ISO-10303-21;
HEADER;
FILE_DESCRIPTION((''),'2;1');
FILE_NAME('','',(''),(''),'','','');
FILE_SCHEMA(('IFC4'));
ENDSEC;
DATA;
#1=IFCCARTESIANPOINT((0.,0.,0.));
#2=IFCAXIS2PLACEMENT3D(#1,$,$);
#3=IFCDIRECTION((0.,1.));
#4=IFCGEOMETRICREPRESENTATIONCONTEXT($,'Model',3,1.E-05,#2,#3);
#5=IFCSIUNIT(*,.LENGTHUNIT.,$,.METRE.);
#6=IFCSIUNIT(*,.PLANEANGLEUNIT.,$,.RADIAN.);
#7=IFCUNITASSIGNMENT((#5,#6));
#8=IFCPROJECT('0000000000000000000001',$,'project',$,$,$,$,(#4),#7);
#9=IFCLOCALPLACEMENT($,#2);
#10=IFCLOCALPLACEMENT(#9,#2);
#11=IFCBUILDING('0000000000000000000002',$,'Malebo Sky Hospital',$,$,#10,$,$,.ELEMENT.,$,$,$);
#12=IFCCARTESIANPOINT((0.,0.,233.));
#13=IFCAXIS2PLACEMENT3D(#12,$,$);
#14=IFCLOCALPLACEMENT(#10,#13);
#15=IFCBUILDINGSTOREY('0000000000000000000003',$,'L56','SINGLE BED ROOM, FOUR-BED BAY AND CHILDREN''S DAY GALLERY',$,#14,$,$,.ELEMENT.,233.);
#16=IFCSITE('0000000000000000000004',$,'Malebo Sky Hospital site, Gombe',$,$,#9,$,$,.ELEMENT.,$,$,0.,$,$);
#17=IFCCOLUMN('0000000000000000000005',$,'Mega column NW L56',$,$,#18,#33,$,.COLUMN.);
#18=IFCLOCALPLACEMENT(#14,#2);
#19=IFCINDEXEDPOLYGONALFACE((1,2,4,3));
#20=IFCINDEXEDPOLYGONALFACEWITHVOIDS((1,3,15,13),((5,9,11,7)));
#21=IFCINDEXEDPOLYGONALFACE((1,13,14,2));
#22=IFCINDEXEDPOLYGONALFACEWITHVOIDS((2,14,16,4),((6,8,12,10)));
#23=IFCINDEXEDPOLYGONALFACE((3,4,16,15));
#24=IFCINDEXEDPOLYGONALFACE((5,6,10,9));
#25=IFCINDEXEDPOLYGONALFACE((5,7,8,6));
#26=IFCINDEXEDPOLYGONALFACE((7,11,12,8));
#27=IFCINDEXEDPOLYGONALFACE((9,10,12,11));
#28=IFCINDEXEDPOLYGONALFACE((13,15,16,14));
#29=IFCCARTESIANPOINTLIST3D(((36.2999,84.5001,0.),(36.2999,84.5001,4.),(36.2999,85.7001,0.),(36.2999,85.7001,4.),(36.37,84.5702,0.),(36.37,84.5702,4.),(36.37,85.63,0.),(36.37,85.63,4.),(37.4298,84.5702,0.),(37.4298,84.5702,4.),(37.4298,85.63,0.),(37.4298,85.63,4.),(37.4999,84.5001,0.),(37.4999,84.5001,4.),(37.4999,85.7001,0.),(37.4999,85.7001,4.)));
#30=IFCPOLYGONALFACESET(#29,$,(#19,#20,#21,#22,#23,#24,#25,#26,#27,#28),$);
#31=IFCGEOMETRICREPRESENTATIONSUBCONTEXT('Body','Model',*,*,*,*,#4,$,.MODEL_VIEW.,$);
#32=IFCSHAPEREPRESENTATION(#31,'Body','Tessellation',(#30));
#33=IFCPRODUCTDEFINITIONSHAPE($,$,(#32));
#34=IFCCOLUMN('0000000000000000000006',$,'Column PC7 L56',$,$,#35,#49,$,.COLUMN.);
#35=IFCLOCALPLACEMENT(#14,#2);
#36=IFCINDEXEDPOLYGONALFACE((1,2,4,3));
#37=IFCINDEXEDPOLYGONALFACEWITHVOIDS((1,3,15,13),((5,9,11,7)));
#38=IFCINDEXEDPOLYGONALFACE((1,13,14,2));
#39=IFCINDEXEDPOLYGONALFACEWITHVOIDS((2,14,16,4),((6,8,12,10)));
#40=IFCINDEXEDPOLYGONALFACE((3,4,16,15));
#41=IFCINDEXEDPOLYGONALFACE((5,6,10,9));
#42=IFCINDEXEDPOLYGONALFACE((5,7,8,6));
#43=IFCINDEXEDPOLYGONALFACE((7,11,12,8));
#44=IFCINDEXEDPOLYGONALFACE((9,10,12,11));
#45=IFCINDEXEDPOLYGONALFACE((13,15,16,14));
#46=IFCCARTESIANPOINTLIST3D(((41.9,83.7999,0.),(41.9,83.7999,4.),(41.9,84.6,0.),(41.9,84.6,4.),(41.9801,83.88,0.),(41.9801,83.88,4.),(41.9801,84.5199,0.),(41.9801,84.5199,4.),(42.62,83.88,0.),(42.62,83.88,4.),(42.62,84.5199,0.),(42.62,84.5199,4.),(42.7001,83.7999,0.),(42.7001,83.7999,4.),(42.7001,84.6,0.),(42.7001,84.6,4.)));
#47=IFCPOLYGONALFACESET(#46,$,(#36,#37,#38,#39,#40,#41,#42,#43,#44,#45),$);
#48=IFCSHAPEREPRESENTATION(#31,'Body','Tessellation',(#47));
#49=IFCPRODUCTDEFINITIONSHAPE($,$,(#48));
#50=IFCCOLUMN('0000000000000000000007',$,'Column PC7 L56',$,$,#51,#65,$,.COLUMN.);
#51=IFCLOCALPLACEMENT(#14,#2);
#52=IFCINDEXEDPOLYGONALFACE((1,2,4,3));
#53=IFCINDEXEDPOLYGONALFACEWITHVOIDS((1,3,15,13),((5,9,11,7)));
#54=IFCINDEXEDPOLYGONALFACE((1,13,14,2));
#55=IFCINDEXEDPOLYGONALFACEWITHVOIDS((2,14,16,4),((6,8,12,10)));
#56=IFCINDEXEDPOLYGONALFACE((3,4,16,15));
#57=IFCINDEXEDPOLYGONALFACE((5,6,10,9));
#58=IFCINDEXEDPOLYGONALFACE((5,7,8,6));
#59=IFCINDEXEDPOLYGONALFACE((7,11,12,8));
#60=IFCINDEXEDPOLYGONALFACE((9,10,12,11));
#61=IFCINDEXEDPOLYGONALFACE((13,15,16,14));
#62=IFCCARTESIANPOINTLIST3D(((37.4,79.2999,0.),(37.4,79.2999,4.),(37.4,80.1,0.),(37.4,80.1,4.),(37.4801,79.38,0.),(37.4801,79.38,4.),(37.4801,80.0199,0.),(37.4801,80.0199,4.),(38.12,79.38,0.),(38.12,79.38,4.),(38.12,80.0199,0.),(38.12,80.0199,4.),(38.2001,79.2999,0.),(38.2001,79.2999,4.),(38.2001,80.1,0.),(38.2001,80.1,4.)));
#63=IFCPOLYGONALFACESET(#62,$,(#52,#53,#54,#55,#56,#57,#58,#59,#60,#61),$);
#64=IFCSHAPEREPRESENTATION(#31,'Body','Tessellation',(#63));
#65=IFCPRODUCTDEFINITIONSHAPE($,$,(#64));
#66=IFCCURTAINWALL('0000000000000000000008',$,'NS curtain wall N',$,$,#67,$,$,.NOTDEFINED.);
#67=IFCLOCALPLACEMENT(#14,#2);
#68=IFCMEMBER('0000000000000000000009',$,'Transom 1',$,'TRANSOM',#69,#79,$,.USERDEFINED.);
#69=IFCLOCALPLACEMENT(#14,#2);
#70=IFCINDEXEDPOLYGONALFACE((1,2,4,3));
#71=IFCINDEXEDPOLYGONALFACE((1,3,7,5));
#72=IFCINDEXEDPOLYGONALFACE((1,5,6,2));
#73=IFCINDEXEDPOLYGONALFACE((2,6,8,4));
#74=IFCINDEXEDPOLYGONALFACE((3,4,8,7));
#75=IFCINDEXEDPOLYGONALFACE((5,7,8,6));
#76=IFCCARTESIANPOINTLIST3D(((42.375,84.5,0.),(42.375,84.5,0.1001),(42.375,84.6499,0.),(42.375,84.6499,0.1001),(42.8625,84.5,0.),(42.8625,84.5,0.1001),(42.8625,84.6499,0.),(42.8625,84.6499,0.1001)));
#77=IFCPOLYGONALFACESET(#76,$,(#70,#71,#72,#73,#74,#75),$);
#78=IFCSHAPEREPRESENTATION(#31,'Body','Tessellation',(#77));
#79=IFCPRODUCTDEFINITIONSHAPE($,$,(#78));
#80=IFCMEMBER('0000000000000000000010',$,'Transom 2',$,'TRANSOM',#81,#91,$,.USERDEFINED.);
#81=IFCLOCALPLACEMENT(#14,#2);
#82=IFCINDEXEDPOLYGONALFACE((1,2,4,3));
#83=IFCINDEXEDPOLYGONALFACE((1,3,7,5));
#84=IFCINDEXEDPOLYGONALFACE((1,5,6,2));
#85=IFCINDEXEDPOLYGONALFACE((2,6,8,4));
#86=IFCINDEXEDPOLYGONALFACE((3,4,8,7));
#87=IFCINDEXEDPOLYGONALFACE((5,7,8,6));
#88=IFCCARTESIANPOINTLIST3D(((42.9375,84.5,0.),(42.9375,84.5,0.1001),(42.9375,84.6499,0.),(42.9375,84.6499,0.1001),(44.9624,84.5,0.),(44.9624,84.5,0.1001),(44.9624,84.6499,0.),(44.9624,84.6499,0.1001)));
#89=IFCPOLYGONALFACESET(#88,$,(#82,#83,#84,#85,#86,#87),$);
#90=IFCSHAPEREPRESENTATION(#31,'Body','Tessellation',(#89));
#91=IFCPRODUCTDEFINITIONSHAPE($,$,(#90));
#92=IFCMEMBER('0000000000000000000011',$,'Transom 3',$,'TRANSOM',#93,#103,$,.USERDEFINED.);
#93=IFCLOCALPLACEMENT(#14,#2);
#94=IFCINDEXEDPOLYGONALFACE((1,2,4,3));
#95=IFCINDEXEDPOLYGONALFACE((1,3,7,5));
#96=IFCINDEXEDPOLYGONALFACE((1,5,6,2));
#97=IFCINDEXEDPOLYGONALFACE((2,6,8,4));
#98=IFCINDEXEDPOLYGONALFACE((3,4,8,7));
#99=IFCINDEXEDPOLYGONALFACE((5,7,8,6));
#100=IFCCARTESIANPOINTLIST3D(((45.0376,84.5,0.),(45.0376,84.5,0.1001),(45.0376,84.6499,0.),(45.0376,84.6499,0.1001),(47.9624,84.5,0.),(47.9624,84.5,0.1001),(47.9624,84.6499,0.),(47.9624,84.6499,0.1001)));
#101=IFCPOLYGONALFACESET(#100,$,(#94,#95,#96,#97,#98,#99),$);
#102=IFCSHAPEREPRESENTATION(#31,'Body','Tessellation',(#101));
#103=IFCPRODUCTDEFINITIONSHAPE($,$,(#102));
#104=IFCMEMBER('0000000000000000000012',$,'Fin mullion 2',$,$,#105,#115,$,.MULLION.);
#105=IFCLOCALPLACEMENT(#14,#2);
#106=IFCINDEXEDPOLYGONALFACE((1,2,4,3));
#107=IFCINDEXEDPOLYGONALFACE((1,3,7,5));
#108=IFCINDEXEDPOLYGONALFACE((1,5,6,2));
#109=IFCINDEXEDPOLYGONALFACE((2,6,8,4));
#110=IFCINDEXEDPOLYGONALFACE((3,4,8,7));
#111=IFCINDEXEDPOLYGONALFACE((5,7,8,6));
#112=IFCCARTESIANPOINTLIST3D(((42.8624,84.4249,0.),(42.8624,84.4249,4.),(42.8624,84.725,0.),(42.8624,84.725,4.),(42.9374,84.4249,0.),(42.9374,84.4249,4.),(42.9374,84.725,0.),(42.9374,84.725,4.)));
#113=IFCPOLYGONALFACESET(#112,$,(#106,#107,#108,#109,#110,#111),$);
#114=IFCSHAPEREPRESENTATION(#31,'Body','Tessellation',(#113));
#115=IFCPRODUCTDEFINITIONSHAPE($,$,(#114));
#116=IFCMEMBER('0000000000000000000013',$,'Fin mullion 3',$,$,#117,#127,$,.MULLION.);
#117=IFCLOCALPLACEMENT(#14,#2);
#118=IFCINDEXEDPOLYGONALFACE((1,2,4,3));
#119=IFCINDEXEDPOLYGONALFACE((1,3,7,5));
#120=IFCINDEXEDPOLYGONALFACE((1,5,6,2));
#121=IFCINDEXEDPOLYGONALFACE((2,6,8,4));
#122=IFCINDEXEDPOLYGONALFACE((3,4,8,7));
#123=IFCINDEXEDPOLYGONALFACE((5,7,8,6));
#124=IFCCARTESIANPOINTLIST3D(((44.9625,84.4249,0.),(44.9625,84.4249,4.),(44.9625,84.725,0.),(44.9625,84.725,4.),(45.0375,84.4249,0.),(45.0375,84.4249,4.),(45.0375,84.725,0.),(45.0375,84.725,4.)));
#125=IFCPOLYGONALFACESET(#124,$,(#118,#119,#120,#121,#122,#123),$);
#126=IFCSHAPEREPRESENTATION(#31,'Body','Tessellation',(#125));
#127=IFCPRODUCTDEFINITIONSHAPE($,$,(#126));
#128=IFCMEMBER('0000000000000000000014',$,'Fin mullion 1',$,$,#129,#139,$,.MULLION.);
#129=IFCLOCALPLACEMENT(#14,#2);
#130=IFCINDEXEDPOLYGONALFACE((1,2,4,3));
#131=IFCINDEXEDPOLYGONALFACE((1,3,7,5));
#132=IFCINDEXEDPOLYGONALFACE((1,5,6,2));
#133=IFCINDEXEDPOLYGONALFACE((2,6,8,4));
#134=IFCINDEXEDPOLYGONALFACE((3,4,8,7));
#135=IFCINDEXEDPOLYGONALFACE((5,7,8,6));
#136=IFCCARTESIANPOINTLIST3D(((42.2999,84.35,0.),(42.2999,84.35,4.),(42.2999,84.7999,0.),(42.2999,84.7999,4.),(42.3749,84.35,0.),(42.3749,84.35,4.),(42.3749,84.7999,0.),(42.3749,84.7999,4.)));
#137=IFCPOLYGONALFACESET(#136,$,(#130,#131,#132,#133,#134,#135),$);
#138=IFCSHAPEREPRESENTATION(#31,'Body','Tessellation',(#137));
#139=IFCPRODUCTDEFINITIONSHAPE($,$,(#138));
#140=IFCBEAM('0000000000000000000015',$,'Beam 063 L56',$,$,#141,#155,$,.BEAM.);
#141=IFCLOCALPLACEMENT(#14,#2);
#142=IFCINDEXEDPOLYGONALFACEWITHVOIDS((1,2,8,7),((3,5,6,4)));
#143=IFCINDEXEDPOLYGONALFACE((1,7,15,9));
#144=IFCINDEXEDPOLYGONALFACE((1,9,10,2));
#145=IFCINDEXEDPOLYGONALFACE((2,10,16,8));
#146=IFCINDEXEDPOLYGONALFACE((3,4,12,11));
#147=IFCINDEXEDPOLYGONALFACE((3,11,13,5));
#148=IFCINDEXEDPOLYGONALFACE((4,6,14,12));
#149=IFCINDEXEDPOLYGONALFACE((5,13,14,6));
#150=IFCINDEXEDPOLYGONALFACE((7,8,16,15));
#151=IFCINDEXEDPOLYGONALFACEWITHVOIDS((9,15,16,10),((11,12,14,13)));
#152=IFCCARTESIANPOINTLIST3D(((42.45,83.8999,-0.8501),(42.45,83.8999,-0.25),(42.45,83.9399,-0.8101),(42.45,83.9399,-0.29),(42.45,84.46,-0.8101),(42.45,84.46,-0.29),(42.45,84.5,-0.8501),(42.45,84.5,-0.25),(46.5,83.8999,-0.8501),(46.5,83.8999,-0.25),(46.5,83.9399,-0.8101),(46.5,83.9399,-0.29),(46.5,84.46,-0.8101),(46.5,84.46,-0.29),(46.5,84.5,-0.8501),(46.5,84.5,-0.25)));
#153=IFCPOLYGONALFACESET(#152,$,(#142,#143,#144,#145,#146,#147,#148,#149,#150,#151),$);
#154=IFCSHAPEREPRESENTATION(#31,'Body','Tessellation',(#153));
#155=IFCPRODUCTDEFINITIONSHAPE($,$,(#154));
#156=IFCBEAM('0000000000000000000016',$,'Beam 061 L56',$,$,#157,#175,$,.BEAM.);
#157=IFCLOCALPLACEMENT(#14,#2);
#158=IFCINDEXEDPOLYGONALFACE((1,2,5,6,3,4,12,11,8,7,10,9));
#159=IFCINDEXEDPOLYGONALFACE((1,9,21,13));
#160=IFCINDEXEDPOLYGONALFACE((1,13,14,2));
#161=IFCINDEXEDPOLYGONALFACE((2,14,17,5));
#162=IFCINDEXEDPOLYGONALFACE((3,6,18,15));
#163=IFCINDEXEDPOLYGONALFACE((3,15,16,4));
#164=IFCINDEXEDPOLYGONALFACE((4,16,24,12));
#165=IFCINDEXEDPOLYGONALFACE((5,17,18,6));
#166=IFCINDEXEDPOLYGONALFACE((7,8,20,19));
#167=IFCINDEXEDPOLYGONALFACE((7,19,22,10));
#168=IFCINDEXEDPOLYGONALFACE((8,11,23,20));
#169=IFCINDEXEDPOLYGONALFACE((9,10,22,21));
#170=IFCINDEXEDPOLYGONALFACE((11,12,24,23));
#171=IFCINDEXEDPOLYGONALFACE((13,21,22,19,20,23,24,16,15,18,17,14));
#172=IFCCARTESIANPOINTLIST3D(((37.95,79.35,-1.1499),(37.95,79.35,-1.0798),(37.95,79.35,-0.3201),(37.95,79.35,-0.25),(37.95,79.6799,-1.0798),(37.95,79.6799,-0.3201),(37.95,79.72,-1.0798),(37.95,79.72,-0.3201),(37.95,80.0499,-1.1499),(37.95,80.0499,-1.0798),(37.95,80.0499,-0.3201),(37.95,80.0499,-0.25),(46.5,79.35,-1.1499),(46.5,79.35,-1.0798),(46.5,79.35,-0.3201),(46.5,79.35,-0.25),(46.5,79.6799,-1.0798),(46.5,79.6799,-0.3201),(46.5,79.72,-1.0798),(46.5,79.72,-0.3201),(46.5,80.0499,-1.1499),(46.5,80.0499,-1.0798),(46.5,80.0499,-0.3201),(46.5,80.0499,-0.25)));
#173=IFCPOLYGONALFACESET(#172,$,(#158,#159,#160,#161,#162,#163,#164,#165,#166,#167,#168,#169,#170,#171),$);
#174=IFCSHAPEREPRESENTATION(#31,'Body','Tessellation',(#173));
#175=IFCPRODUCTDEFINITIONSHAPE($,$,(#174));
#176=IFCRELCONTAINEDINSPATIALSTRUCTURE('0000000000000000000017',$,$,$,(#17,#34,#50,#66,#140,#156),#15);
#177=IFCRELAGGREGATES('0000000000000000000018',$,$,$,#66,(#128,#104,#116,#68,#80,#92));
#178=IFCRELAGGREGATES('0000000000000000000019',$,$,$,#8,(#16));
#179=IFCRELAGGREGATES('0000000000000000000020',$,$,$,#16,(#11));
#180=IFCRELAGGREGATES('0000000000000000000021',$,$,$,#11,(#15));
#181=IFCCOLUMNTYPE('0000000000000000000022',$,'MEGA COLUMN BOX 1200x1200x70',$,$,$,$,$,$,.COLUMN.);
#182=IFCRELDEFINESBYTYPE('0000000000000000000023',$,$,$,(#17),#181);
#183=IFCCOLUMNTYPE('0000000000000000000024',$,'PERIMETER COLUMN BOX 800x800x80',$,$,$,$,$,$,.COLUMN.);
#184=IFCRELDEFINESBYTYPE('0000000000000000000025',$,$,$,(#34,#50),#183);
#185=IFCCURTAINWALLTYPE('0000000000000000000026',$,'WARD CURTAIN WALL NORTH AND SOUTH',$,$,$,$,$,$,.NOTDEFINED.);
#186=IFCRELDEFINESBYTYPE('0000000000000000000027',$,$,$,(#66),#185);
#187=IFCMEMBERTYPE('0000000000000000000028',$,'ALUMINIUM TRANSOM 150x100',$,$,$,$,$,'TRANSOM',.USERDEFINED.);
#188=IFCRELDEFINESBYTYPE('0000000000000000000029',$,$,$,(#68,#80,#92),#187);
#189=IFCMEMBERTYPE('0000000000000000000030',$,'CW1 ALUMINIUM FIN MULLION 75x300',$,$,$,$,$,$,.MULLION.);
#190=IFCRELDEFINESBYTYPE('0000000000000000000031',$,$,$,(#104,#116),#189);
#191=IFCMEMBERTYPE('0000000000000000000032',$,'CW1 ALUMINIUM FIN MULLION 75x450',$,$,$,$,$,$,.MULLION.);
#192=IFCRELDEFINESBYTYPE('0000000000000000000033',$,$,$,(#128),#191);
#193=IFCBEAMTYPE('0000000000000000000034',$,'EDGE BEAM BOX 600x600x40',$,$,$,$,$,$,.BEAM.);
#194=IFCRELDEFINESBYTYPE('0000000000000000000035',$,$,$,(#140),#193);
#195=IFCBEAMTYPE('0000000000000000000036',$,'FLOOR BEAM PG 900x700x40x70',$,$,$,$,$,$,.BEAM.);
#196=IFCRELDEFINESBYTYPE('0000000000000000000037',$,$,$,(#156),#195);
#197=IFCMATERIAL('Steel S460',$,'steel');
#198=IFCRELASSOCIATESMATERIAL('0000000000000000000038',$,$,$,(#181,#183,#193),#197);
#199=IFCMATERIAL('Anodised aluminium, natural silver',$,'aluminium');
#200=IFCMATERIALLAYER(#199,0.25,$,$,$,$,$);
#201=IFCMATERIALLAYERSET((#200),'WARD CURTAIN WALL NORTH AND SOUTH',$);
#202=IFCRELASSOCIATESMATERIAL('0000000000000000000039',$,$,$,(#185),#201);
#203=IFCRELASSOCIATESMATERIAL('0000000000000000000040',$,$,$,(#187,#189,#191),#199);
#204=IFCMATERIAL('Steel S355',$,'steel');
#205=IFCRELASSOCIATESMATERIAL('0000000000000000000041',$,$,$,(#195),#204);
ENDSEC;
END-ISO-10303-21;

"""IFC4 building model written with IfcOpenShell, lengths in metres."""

from ifc_helpers import new_model, si_unit, direction, frame, origin, origin_2d, place, context, subcontext, project, spatial, rectangle, hollow_rectangle, i_section, extrude, material, layer, layer_set, material_profile, profile_set, type_object, element, aggregate, save


model = new_model("IFC4")

# Units and contexts
model_context = context("Model", 3, precision=1e-05, world=origin(), true_north=direction((0.0, 1.0)))
body_context = subcontext(model_context, "Body", "Model", "MODEL_VIEW")
ifc_project = project(units=[si_unit("LENGTHUNIT", "METRE"), si_unit("PLANEANGLEUNIT", "RADIAN")], contexts=[model_context])

# Site, building, storey
site_placement = place(None, origin())
site = spatial("IfcSite", under=ifc_project, at=site_placement, Name="Malebo Sky Hospital site, Gombe", CompositionType="ELEMENT", RefElevation=0.0)
building_placement = place(site_placement, origin())
building = spatial("IfcBuilding", under=site, at=building_placement, Name="Malebo Sky Hospital", CompositionType="ELEMENT")
storey_placement = place(building_placement, frame((0.0, 0.0, 233.0)))
storey = spatial("IfcBuildingStorey", under=building, at=storey_placement, Name="L56", Description="SINGLE BED ROOM, FOUR-BED BAY AND CHILDREN'S DAY GALLERY", CompositionType="ELEMENT", Elevation=233.0)

# Columns
ifc_material_1 = material(Name="Steel S460", Category="steel")
ifc_material_profile_1 = material_profile(ifc_material_1, hollow_rectangle(XDim=1.2, YDim=1.2, WallThickness=0.0701, at=origin_2d()), Name="BOX 1200x1200x70")
ifc_profile_set_1 = profile_set([ifc_material_profile_1], Name="Steel S460")
column_type_1 = type_object("IfcColumnType", Name="MEGA COLUMN BOX 1200x1200x70", PredefinedType="COLUMN", material=ifc_profile_set_1)
column_placement = place(storey_placement, frame((36.8999, 85.1001, 0.0), z_axis=(0.0, 0.0, 1.0), x_axis=(1.0, 0.0, 0.0)))
element("IfcColumn", 1, at=column_placement, inside=storey, type_object=column_type_1, Name="Mega column NW L56", PredefinedType="COLUMN", context=body_context, shape_type="SweptSolid", body=[
    extrude(hollow_rectangle(XDim=1.2, YDim=1.2, WallThickness=0.0701, at=origin_2d()), origin(), (0.0, 0.0, 1.0), 4.0),
])
ifc_material_profile_2 = material_profile(ifc_material_1, hollow_rectangle(XDim=0.8, YDim=0.8, WallThickness=0.0801, at=origin_2d()), Name="BOX 800x800x80")
ifc_profile_set_2 = profile_set([ifc_material_profile_2], Name="Steel S460")
column_type_2 = type_object("IfcColumnType", Name="PERIMETER COLUMN BOX 800x800x80", PredefinedType="COLUMN", material=ifc_profile_set_2)
for number, where, z_axis, x_axis, name in (
    (2, (42.3, 84.2, 0.0), (0.0, 0.0, 1.0), (1.0, 0.0, 0.0), "Column PC7 L56"),
    (3, (37.8, 79.7, 0.0), (0.0, 0.0, 1.0), (1.0, 0.0, 0.0), "Column PC7 L56"),
):
    element("IfcColumn", number, at=place(storey_placement, frame(where, z_axis=z_axis, x_axis=x_axis)), inside=storey, type_object=column_type_2, Name=name, PredefinedType="COLUMN", context=body_context, shape_type="SweptSolid", body=[
        extrude(hollow_rectangle(XDim=0.8, YDim=0.8, WallThickness=0.0801, at=origin_2d()), origin(), (0.0, 0.0, 1.0), 4.0),
    ])

# Curtain wall, members
ifc_material_2 = material(Name="Anodised aluminium, natural silver", Category="aluminium")
ifc_layer_1 = layer(ifc_material_2, 0.25)
ifc_layer_set_1 = layer_set([ifc_layer_1], Name="WARD CURTAIN WALL NORTH AND SOUTH")
curtain_wall_type = type_object("IfcCurtainWallType", Name="WARD CURTAIN WALL NORTH AND SOUTH", PredefinedType="NOTDEFINED", material=ifc_layer_set_1)
curtain_wall_placement = place(storey_placement, origin())
curtain_wall = element("IfcCurtainWall", 4, at=curtain_wall_placement, inside=storey, type_object=curtain_wall_type, Name="NS curtain wall N", PredefinedType="NOTDEFINED")
ifc_material_profile_3 = material_profile(ifc_material_2, rectangle(XDim=0.1499, YDim=0.1001, at=origin_2d()), Name="ALUMINIUM TRANSOM 150x100")
ifc_profile_set_3 = profile_set([ifc_material_profile_3], Name="Anodised aluminium, natural silver")
member_type_1 = type_object("IfcMemberType", Name="ALUMINIUM TRANSOM 150x100", ElementType="TRANSOM", PredefinedType="USERDEFINED", material=ifc_profile_set_3)
member_1_placement = place(storey_placement, frame((42.375, 84.575, 0.05), z_axis=(1.0, 0.0, 0.0), x_axis=(0.0, 1.0, 0.0)))
member_1 = element("IfcMember", 5, at=member_1_placement, type_object=member_type_1, Name="Transom 1", ObjectType="TRANSOM", PredefinedType="USERDEFINED", context=body_context, shape_type="SweptSolid", body=[
    extrude(rectangle(XDim=0.1499, YDim=0.1001, at=origin_2d()), origin(), (0.0, 0.0, 1.0), 0.4875),
])
member_2_placement = place(storey_placement, frame((42.9375, 84.575, 0.05), z_axis=(1.0, 0.0, 0.0), x_axis=(0.0, 1.0, 0.0)))
member_2 = element("IfcMember", 6, at=member_2_placement, type_object=member_type_1, Name="Transom 2", ObjectType="TRANSOM", PredefinedType="USERDEFINED", context=body_context, shape_type="SweptSolid", body=[
    extrude(rectangle(XDim=0.1499, YDim=0.1001, at=origin_2d()), origin(), (0.0, 0.0, 1.0), 2.0249),
])
member_3_placement = place(storey_placement, frame((45.0376, 84.575, 0.05), z_axis=(1.0, 0.0, 0.0), x_axis=(0.0, 1.0, 0.0)))
member_3 = element("IfcMember", 7, at=member_3_placement, type_object=member_type_1, Name="Transom 3", ObjectType="TRANSOM", PredefinedType="USERDEFINED", context=body_context, shape_type="SweptSolid", body=[
    extrude(rectangle(XDim=0.1499, YDim=0.1001, at=origin_2d()), origin(), (0.0, 0.0, 1.0), 2.9248),
])
ifc_material_profile_4 = material_profile(ifc_material_2, rectangle(XDim=0.075, YDim=0.3, at=origin_2d()), Name="CW1 ALUMINIUM FIN MULLION 75x300")
ifc_profile_set_4 = profile_set([ifc_material_profile_4], Name="Anodised aluminium, natural silver")
member_type_2 = type_object("IfcMemberType", Name="CW1 ALUMINIUM FIN MULLION 75x300", PredefinedType="MULLION", material=ifc_profile_set_4)
member_4_placement = place(storey_placement, frame((42.8999, 84.575, 0.0), z_axis=(0.0, 0.0, 1.0), x_axis=(1.0, 0.0, 0.0)))
member_4 = element("IfcMember", 8, at=member_4_placement, type_object=member_type_2, Name="Fin mullion 2", PredefinedType="MULLION", context=body_context, shape_type="SweptSolid", body=[
    extrude(rectangle(XDim=0.075, YDim=0.3, at=origin_2d()), origin(), (0.0, 0.0, 1.0), 4.0),
])
member_5_placement = place(storey_placement, frame((45.0, 84.575, 0.0), z_axis=(0.0, 0.0, 1.0), x_axis=(1.0, 0.0, 0.0)))
member_5 = element("IfcMember", 9, at=member_5_placement, type_object=member_type_2, Name="Fin mullion 3", PredefinedType="MULLION", context=body_context, shape_type="SweptSolid", body=[
    extrude(rectangle(XDim=0.075, YDim=0.3, at=origin_2d()), origin(), (0.0, 0.0, 1.0), 4.0),
])
ifc_material_profile_5 = material_profile(ifc_material_2, rectangle(XDim=0.075, YDim=0.45, at=origin_2d()), Name="CW1 ALUMINIUM FIN MULLION 75x450")
ifc_profile_set_5 = profile_set([ifc_material_profile_5], Name="Anodised aluminium, natural silver")
member_type_3 = type_object("IfcMemberType", Name="CW1 ALUMINIUM FIN MULLION 75x450", PredefinedType="MULLION", material=ifc_profile_set_5)
member_6_placement = place(storey_placement, frame((42.3374, 84.575, 0.0), z_axis=(0.0, 0.0, 1.0), x_axis=(1.0, 0.0, 0.0)))
member_6 = element("IfcMember", 10, at=member_6_placement, type_object=member_type_3, Name="Fin mullion 1", PredefinedType="MULLION", context=body_context, shape_type="SweptSolid", body=[
    extrude(rectangle(XDim=0.075, YDim=0.45, at=origin_2d()), origin(), (0.0, 0.0, 1.0), 4.0),
])

# Beams
ifc_material_profile_6 = material_profile(ifc_material_1, hollow_rectangle(XDim=0.6001, YDim=0.6001, WallThickness=0.04, at=origin_2d()), Name="BOX 600x600x40")
ifc_profile_set_6 = profile_set([ifc_material_profile_6], Name="Steel S460")
beam_type_1 = type_object("IfcBeamType", Name="EDGE BEAM BOX 600x600x40", PredefinedType="BEAM", material=ifc_profile_set_6)
beam_1_placement = place(storey_placement, frame((42.45, 84.2, -0.55), z_axis=(1.0, 0.0, 0.0), x_axis=(0.0, 1.0, 0.0)))
element("IfcBeam", 11, at=beam_1_placement, inside=storey, type_object=beam_type_1, Name="Beam 063 L56", PredefinedType="BEAM", context=body_context, shape_type="SweptSolid", body=[
    extrude(hollow_rectangle(XDim=0.6001, YDim=0.6001, WallThickness=0.04, at=origin_2d()), origin(), (0.0, 0.0, 1.0), 4.05),
])
ifc_material_3 = material(Name="Steel S355", Category="steel")
ifc_material_profile_7 = material_profile(ifc_material_3, i_section(OverallWidth=0.7, OverallDepth=0.8999, WebThickness=0.04, FlangeThickness=0.0701, at=origin_2d()), Name="PG 900x700x40x70")
ifc_profile_set_7 = profile_set([ifc_material_profile_7], Name="Steel S355")
beam_type_2 = type_object("IfcBeamType", Name="FLOOR BEAM PG 900x700x40x70", PredefinedType="BEAM", material=ifc_profile_set_7)
beam_2_placement = place(storey_placement, frame((37.95, 79.7, -0.7), z_axis=(1.0, 0.0, 0.0), x_axis=(0.0, 1.0, 0.0)))
element("IfcBeam", 12, at=beam_2_placement, inside=storey, type_object=beam_type_2, Name="Beam 061 L56", PredefinedType="BEAM", context=body_context, shape_type="SweptSolid", body=[
    extrude(i_section(OverallWidth=0.7, OverallDepth=0.8999, WebThickness=0.04, FlangeThickness=0.0701, at=origin_2d()), origin(), (0.0, 0.0, 1.0), 8.55),
])

aggregate(curtain_wall, [member_6, member_4, member_5, member_1, member_2, member_3])

save(model, "model.ifc")
